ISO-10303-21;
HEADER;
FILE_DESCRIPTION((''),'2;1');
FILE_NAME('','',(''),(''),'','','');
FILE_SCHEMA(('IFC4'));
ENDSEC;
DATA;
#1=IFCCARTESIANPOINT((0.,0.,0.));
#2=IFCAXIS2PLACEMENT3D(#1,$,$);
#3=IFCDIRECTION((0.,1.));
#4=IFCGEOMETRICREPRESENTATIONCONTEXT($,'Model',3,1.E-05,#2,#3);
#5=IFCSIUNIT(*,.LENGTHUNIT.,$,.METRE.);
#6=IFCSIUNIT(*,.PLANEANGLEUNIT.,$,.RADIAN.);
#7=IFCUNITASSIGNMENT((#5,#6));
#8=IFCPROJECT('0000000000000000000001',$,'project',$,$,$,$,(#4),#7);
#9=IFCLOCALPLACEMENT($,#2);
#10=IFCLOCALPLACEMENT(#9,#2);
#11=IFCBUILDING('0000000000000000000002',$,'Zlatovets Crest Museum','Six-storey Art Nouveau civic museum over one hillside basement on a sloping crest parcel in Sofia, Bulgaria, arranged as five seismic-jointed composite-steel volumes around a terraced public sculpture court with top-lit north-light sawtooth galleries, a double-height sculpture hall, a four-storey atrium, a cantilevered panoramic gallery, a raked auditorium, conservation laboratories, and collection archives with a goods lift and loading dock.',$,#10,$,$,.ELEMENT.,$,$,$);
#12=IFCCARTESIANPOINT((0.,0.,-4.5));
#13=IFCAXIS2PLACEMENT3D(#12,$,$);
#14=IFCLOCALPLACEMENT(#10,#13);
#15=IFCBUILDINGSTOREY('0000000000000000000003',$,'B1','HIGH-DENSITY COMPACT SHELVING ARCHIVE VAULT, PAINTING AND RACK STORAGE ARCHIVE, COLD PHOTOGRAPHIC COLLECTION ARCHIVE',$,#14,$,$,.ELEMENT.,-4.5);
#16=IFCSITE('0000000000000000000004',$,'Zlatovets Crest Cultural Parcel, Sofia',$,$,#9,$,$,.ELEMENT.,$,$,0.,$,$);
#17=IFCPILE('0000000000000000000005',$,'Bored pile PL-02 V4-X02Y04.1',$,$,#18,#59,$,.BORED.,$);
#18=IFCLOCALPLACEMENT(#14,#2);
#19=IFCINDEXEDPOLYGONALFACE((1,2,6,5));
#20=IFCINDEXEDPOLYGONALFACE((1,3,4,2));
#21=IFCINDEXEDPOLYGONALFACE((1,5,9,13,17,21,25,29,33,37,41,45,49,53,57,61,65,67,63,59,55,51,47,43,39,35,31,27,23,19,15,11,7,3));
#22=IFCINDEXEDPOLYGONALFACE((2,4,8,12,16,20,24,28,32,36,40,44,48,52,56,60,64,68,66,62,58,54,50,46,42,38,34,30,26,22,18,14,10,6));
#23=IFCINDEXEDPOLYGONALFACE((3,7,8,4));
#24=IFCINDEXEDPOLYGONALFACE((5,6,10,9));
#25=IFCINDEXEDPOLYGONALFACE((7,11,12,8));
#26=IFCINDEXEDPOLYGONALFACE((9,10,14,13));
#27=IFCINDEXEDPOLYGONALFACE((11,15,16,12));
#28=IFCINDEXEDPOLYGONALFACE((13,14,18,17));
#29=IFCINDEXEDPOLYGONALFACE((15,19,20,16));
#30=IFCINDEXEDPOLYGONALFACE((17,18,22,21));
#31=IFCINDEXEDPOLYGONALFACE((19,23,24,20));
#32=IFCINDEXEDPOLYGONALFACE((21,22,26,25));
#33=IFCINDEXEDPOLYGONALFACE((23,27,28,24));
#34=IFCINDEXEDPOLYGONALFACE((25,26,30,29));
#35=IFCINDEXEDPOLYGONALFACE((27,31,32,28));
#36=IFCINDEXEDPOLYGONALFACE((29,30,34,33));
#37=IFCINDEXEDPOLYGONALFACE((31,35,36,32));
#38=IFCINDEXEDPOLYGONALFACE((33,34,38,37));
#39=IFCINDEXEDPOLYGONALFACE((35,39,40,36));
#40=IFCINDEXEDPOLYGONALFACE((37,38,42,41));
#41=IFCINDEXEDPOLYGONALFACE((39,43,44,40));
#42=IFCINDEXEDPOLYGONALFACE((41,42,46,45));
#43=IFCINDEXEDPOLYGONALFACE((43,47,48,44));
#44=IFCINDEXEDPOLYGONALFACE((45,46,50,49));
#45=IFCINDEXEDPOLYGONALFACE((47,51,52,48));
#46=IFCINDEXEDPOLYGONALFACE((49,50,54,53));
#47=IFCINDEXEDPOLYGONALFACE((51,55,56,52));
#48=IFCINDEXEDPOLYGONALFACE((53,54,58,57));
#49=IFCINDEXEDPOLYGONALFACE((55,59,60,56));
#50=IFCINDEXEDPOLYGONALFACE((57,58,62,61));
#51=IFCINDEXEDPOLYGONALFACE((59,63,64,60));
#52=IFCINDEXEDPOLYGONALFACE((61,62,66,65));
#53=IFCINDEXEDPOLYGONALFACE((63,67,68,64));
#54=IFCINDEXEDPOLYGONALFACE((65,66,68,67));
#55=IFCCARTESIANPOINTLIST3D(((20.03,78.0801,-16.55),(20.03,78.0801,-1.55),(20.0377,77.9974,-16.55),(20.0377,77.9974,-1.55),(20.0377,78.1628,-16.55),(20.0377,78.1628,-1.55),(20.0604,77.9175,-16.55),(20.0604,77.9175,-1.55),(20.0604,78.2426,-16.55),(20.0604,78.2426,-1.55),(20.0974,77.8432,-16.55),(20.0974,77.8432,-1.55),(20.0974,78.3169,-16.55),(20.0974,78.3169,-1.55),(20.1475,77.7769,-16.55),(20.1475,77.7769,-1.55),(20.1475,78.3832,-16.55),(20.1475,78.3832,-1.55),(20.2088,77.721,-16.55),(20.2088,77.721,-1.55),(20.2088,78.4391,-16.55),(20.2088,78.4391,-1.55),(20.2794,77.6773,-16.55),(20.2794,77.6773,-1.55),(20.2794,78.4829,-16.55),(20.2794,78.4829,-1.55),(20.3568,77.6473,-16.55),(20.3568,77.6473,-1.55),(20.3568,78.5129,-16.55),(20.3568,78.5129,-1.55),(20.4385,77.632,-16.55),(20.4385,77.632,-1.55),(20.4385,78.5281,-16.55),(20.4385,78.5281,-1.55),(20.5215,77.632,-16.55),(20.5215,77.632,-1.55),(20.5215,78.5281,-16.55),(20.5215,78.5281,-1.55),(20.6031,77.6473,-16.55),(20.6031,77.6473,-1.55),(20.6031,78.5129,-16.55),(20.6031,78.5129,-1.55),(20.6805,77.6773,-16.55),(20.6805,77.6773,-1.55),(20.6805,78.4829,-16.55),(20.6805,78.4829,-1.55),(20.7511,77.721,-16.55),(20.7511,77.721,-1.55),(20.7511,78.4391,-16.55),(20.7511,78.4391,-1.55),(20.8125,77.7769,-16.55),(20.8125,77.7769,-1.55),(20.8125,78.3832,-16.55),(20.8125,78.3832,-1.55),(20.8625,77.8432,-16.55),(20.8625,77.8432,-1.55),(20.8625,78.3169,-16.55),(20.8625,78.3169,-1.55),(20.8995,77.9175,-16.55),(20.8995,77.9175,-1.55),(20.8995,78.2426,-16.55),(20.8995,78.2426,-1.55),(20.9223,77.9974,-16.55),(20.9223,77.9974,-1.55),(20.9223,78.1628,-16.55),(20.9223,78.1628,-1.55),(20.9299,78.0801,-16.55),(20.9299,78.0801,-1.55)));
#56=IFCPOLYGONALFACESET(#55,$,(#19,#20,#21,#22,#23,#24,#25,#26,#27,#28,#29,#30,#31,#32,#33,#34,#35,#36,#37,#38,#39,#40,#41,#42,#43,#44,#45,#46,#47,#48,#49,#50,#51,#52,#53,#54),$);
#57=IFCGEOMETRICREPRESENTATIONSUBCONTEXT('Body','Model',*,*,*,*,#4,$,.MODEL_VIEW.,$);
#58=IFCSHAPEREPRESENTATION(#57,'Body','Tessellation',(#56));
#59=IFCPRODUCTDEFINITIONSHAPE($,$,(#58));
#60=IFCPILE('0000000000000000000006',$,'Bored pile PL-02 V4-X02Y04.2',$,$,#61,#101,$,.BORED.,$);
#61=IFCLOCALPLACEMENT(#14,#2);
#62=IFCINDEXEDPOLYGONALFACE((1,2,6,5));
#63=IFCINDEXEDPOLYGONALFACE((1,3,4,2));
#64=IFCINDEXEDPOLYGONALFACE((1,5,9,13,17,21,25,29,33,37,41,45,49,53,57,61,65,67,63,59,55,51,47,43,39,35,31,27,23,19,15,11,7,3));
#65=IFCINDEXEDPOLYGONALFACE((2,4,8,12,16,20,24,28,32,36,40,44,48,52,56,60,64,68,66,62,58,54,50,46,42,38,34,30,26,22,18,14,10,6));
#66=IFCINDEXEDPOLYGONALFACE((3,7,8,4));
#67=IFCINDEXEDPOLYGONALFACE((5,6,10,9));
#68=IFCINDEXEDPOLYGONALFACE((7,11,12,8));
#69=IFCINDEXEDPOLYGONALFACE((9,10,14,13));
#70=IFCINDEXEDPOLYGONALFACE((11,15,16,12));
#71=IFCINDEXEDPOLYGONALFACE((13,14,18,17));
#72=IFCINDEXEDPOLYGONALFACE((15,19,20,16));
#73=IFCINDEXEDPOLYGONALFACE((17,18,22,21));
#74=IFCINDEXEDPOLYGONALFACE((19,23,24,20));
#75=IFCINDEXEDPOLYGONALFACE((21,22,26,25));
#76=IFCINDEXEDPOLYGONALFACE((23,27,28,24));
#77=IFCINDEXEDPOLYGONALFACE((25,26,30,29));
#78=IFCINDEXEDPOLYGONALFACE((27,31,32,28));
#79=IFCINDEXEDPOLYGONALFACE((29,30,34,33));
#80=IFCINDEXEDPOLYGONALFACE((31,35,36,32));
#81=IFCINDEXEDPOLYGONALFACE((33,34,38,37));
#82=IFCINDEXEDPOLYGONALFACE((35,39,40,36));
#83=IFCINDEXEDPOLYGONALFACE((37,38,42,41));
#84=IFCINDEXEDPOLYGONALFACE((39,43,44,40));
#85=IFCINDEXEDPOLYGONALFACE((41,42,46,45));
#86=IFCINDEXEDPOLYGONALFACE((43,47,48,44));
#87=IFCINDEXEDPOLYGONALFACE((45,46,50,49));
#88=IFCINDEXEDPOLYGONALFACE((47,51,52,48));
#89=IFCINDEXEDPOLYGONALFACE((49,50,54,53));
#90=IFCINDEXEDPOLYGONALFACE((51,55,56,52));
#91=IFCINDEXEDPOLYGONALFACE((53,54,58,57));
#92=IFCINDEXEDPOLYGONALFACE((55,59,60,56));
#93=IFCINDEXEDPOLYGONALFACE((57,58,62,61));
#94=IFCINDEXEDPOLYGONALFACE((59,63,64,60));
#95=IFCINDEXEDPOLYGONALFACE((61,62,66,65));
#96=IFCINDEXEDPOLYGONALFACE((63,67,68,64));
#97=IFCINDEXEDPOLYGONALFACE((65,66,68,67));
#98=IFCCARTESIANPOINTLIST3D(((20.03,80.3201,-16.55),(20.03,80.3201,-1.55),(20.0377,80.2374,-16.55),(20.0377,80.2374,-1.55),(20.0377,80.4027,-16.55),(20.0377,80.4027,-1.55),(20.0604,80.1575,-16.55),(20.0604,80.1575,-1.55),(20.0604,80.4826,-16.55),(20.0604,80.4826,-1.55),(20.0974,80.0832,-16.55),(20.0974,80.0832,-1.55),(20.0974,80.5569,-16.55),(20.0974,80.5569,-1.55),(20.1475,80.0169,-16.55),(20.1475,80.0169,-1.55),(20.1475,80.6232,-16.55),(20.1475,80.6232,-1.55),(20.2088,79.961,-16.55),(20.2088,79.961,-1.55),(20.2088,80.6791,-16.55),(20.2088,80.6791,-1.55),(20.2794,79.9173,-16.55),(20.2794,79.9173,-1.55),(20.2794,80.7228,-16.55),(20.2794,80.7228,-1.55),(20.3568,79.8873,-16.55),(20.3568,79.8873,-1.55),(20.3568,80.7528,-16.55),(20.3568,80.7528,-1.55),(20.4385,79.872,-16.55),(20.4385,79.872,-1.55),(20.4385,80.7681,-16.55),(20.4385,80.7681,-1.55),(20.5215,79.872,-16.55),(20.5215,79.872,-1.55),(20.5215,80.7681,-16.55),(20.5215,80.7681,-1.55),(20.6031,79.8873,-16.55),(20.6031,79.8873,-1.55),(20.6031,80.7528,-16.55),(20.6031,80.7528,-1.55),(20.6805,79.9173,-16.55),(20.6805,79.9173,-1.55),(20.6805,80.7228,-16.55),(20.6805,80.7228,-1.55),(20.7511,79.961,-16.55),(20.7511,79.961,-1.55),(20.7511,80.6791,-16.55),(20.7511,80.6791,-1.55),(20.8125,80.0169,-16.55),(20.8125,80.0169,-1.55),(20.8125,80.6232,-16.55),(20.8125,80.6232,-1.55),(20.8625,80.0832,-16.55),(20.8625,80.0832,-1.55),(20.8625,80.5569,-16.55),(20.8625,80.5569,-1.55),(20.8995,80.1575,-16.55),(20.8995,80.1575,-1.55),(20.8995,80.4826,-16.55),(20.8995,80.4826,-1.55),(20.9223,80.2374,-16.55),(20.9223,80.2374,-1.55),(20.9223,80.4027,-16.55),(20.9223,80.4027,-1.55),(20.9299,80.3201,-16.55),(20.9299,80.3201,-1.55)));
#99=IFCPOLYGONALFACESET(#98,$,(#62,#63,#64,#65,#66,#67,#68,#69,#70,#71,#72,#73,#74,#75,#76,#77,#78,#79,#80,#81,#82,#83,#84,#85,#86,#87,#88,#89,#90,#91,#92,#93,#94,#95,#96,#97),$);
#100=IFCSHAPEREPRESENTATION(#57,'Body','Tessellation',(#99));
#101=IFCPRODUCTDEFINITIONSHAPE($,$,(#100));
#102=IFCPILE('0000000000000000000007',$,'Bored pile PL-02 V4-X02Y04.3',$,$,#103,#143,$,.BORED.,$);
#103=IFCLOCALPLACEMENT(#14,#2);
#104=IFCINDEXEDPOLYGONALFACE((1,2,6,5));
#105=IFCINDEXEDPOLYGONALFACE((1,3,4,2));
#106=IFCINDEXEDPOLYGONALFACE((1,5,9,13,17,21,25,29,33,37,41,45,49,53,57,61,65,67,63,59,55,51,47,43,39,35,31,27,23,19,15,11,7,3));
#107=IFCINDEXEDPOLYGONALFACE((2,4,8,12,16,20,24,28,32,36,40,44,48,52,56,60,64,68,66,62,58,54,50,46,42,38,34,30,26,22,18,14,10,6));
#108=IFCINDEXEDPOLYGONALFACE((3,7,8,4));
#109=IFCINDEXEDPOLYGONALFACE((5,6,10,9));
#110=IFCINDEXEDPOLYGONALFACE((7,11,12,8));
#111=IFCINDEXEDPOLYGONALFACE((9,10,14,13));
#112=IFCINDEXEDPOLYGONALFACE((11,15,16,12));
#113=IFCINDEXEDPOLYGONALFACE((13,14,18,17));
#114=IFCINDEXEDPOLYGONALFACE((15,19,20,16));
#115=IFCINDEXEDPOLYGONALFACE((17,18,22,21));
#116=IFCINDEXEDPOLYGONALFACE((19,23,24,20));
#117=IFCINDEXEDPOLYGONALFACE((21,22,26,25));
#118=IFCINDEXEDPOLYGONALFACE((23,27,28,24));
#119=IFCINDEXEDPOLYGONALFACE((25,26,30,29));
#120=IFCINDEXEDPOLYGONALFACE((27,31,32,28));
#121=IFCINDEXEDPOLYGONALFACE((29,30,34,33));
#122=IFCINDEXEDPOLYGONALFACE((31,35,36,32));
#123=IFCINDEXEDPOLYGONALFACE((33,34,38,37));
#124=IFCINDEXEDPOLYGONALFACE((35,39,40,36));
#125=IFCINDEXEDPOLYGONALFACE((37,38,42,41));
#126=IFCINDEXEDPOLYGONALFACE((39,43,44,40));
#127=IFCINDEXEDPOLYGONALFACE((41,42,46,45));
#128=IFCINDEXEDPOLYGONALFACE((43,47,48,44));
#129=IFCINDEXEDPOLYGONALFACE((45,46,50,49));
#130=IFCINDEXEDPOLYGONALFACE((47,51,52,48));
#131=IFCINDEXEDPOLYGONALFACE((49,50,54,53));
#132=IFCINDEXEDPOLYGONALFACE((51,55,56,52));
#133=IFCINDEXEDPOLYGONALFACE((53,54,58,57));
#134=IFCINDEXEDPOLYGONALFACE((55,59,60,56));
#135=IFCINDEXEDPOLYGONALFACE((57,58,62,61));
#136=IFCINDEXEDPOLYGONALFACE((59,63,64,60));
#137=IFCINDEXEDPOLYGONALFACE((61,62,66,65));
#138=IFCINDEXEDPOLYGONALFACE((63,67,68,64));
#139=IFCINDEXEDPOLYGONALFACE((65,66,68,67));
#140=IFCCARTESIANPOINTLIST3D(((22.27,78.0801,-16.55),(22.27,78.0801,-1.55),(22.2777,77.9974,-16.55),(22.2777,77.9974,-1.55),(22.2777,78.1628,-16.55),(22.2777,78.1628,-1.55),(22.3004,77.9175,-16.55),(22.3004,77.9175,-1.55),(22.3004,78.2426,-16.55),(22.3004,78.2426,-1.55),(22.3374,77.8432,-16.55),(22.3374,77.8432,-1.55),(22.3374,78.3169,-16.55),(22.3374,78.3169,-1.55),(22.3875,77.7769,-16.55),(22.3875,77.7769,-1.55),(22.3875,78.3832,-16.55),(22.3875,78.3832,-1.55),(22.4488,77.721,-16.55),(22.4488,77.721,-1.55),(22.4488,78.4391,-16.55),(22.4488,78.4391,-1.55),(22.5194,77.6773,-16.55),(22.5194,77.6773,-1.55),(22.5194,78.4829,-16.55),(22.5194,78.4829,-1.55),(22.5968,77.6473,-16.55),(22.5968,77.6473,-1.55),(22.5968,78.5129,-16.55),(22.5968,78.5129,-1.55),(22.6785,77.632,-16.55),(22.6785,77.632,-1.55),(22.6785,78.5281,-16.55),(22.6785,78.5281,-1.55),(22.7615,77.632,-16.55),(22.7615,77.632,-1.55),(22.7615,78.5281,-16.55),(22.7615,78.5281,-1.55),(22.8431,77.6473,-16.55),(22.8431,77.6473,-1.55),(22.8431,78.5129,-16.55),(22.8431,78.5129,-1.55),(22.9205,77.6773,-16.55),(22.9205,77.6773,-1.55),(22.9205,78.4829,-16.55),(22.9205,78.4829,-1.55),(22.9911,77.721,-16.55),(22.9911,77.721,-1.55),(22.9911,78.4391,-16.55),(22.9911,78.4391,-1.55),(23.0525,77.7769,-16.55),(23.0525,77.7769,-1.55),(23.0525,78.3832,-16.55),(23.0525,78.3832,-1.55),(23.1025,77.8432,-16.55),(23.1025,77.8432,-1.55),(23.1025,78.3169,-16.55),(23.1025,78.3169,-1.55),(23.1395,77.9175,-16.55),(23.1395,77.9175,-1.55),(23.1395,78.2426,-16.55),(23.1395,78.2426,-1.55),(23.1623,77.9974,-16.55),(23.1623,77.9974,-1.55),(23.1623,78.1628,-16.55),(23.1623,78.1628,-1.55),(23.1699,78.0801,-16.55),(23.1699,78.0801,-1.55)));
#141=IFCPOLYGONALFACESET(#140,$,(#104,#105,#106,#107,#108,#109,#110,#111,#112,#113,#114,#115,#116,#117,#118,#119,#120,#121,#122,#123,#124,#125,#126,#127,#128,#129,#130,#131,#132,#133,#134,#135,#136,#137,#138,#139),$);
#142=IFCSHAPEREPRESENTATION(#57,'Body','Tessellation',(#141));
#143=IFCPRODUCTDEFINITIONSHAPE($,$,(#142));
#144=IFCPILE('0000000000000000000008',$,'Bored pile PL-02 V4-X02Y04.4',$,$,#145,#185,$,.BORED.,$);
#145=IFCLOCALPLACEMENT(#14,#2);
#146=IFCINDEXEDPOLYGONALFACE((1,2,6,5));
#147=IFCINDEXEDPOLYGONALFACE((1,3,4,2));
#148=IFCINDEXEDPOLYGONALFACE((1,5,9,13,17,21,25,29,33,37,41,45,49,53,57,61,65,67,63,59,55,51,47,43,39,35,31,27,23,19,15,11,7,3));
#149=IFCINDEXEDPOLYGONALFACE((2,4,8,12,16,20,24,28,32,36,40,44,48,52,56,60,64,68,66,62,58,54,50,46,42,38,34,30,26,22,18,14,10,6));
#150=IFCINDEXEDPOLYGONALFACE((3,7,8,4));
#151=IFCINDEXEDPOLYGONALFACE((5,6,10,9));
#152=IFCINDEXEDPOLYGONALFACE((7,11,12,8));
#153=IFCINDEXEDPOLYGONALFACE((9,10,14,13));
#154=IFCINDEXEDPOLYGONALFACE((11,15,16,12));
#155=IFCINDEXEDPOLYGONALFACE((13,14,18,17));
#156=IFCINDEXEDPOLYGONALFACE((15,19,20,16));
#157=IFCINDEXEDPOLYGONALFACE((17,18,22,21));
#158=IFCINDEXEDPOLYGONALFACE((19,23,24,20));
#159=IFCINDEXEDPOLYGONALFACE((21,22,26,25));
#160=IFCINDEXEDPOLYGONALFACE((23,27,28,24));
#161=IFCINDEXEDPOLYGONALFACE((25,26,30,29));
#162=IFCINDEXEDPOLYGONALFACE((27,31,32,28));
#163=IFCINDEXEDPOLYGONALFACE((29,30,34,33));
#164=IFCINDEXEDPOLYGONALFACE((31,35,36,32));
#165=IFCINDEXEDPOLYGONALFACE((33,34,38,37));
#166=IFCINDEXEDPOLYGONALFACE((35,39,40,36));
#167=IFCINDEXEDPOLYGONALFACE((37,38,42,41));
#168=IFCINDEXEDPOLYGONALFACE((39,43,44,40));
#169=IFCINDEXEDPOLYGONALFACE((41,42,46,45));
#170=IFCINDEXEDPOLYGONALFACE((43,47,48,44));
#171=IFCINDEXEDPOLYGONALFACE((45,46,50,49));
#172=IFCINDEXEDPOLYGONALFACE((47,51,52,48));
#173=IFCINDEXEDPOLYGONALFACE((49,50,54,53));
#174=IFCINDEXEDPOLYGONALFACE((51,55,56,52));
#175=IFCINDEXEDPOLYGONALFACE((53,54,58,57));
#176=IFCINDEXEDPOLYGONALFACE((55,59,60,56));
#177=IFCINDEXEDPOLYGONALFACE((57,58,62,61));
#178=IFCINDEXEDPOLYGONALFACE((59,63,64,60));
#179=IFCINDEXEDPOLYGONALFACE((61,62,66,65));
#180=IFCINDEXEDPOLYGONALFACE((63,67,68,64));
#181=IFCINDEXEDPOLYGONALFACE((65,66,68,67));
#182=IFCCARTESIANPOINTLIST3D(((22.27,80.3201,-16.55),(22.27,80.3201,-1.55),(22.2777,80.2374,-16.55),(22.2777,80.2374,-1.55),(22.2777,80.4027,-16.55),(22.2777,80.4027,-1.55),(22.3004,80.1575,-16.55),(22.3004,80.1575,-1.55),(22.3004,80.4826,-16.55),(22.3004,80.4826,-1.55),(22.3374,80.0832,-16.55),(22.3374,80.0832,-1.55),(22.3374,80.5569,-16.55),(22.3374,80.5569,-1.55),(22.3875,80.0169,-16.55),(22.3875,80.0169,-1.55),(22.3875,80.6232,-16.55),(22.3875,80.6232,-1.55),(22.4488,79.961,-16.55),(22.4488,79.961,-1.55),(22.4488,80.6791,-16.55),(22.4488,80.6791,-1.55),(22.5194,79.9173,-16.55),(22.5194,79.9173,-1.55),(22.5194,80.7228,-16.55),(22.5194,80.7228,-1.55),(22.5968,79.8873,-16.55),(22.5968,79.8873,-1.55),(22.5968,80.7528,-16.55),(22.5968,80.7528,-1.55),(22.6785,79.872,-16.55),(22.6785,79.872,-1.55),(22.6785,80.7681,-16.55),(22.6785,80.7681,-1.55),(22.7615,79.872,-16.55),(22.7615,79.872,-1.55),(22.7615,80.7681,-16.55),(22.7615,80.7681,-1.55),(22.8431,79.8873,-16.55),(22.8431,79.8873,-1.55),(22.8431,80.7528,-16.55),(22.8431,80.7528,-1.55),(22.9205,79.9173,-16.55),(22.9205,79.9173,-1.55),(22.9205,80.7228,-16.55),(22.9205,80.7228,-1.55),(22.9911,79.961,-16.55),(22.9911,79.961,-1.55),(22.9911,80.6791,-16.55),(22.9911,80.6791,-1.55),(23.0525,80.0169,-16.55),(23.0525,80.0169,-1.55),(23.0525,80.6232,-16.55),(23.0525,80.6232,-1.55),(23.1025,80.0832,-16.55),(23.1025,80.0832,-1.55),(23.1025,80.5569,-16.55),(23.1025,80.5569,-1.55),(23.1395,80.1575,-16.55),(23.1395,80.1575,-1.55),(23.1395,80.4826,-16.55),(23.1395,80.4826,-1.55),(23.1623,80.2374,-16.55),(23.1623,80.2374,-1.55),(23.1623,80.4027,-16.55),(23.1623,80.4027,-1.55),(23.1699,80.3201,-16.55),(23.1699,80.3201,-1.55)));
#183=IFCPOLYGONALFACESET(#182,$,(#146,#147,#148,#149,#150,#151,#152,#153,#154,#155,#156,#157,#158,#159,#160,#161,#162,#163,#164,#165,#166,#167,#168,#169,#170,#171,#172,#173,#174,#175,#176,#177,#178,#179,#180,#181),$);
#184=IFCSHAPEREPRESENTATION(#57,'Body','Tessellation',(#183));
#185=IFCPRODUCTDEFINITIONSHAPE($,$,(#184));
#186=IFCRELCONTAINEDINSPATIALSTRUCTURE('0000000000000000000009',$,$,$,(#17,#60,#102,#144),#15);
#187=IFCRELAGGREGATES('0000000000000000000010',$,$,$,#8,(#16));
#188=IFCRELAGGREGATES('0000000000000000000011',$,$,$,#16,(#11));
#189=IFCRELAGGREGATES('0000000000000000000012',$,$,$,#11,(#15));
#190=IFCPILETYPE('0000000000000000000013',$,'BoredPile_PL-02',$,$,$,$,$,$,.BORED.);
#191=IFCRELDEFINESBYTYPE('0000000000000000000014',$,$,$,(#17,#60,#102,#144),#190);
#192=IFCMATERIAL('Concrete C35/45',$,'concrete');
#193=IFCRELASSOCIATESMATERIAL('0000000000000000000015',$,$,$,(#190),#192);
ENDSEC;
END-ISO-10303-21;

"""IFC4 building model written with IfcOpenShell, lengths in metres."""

from ifc_helpers import new_model, si_unit, direction, frame, origin, origin_2d, place, context, subcontext, project, spatial, circle, extrude, material, material_profile, profile_set, type_object, element, save


model = new_model("IFC4")

# Units and contexts
model_context = context("Model", 3, precision=1e-05, world=origin(), true_north=direction((0.0, 1.0)))
body_context = subcontext(model_context, "Body", "Model", "MODEL_VIEW")
ifc_project = project(units=[si_unit("LENGTHUNIT", "METRE"), si_unit("PLANEANGLEUNIT", "RADIAN")], contexts=[model_context])

# Site, building, storey
site_placement = place(None, origin())
site = spatial("IfcSite", under=ifc_project, at=site_placement, Name="Zlatovets Crest Cultural Parcel, Sofia", CompositionType="ELEMENT", RefElevation=0.0)
building_placement = place(site_placement, origin())
building = spatial("IfcBuilding", under=site, at=building_placement, Name="Zlatovets Crest Museum", Description="Six-storey Art Nouveau civic museum over one hillside basement on a sloping crest parcel in Sofia, Bulgaria, arranged as five seismic-jointed composite-steel volumes around a terraced public sculpture court with top-lit north-light sawtooth galleries, a double-height sculpture hall, a four-storey atrium, a cantilevered panoramic gallery, a raked auditorium, conservation laboratories, and collection archives with a goods lift and loading dock.", CompositionType="ELEMENT")
storey_placement = place(building_placement, frame((0.0, 0.0, -4.5)))
storey = spatial("IfcBuildingStorey", under=building, at=storey_placement, Name="B1", Description="HIGH-DENSITY COMPACT SHELVING ARCHIVE VAULT, PAINTING AND RACK STORAGE ARCHIVE, COLD PHOTOGRAPHIC COLLECTION ARCHIVE", CompositionType="ELEMENT", Elevation=-4.5)

# Piles
ifc_material_1 = material(Name="Concrete C35/45", Category="concrete")
ifc_material_profile_1 = material_profile(ifc_material_1, circle(Radius=0.45, at=origin_2d()), Name="PILE D900")
ifc_profile_set_1 = profile_set([ifc_material_profile_1], Name="Concrete C35/45")
pile_type = type_object("IfcPileType", Name="BoredPile_PL-02", PredefinedType="BORED", material=ifc_profile_set_1)
for number, where, z_axis, x_axis, name in (
    (1, (20.48, 78.0801, -1.55), (0.0, 0.0, -1.0), (1.0, 0.0, 0.0), "Bored pile PL-02 V4-X02Y04.1"),
    (2, (20.48, 80.3201, -1.55), (0.0, 0.0, -1.0), (1.0, 0.0, 0.0), "Bored pile PL-02 V4-X02Y04.2"),
    (3, (22.72, 78.0801, -1.55), (0.0, 0.0, -1.0), (1.0, 0.0, 0.0), "Bored pile PL-02 V4-X02Y04.3"),
    (4, (22.72, 80.3201, -1.55), (0.0, 0.0, -1.0), (1.0, 0.0, 0.0), "Bored pile PL-02 V4-X02Y04.4"),
):
    element("IfcPile", number, at=place(storey_placement, frame(where, z_axis=z_axis, x_axis=x_axis)), inside=storey, type_object=pile_type, Name=name, PredefinedType="BORED", context=body_context, shape_type="SweptSolid", body=[
        extrude(circle(Radius=0.45, at=origin_2d()), origin(), (0.0, 0.0, 1.0), 15.0),
    ])

save(model, "model.ifc")
